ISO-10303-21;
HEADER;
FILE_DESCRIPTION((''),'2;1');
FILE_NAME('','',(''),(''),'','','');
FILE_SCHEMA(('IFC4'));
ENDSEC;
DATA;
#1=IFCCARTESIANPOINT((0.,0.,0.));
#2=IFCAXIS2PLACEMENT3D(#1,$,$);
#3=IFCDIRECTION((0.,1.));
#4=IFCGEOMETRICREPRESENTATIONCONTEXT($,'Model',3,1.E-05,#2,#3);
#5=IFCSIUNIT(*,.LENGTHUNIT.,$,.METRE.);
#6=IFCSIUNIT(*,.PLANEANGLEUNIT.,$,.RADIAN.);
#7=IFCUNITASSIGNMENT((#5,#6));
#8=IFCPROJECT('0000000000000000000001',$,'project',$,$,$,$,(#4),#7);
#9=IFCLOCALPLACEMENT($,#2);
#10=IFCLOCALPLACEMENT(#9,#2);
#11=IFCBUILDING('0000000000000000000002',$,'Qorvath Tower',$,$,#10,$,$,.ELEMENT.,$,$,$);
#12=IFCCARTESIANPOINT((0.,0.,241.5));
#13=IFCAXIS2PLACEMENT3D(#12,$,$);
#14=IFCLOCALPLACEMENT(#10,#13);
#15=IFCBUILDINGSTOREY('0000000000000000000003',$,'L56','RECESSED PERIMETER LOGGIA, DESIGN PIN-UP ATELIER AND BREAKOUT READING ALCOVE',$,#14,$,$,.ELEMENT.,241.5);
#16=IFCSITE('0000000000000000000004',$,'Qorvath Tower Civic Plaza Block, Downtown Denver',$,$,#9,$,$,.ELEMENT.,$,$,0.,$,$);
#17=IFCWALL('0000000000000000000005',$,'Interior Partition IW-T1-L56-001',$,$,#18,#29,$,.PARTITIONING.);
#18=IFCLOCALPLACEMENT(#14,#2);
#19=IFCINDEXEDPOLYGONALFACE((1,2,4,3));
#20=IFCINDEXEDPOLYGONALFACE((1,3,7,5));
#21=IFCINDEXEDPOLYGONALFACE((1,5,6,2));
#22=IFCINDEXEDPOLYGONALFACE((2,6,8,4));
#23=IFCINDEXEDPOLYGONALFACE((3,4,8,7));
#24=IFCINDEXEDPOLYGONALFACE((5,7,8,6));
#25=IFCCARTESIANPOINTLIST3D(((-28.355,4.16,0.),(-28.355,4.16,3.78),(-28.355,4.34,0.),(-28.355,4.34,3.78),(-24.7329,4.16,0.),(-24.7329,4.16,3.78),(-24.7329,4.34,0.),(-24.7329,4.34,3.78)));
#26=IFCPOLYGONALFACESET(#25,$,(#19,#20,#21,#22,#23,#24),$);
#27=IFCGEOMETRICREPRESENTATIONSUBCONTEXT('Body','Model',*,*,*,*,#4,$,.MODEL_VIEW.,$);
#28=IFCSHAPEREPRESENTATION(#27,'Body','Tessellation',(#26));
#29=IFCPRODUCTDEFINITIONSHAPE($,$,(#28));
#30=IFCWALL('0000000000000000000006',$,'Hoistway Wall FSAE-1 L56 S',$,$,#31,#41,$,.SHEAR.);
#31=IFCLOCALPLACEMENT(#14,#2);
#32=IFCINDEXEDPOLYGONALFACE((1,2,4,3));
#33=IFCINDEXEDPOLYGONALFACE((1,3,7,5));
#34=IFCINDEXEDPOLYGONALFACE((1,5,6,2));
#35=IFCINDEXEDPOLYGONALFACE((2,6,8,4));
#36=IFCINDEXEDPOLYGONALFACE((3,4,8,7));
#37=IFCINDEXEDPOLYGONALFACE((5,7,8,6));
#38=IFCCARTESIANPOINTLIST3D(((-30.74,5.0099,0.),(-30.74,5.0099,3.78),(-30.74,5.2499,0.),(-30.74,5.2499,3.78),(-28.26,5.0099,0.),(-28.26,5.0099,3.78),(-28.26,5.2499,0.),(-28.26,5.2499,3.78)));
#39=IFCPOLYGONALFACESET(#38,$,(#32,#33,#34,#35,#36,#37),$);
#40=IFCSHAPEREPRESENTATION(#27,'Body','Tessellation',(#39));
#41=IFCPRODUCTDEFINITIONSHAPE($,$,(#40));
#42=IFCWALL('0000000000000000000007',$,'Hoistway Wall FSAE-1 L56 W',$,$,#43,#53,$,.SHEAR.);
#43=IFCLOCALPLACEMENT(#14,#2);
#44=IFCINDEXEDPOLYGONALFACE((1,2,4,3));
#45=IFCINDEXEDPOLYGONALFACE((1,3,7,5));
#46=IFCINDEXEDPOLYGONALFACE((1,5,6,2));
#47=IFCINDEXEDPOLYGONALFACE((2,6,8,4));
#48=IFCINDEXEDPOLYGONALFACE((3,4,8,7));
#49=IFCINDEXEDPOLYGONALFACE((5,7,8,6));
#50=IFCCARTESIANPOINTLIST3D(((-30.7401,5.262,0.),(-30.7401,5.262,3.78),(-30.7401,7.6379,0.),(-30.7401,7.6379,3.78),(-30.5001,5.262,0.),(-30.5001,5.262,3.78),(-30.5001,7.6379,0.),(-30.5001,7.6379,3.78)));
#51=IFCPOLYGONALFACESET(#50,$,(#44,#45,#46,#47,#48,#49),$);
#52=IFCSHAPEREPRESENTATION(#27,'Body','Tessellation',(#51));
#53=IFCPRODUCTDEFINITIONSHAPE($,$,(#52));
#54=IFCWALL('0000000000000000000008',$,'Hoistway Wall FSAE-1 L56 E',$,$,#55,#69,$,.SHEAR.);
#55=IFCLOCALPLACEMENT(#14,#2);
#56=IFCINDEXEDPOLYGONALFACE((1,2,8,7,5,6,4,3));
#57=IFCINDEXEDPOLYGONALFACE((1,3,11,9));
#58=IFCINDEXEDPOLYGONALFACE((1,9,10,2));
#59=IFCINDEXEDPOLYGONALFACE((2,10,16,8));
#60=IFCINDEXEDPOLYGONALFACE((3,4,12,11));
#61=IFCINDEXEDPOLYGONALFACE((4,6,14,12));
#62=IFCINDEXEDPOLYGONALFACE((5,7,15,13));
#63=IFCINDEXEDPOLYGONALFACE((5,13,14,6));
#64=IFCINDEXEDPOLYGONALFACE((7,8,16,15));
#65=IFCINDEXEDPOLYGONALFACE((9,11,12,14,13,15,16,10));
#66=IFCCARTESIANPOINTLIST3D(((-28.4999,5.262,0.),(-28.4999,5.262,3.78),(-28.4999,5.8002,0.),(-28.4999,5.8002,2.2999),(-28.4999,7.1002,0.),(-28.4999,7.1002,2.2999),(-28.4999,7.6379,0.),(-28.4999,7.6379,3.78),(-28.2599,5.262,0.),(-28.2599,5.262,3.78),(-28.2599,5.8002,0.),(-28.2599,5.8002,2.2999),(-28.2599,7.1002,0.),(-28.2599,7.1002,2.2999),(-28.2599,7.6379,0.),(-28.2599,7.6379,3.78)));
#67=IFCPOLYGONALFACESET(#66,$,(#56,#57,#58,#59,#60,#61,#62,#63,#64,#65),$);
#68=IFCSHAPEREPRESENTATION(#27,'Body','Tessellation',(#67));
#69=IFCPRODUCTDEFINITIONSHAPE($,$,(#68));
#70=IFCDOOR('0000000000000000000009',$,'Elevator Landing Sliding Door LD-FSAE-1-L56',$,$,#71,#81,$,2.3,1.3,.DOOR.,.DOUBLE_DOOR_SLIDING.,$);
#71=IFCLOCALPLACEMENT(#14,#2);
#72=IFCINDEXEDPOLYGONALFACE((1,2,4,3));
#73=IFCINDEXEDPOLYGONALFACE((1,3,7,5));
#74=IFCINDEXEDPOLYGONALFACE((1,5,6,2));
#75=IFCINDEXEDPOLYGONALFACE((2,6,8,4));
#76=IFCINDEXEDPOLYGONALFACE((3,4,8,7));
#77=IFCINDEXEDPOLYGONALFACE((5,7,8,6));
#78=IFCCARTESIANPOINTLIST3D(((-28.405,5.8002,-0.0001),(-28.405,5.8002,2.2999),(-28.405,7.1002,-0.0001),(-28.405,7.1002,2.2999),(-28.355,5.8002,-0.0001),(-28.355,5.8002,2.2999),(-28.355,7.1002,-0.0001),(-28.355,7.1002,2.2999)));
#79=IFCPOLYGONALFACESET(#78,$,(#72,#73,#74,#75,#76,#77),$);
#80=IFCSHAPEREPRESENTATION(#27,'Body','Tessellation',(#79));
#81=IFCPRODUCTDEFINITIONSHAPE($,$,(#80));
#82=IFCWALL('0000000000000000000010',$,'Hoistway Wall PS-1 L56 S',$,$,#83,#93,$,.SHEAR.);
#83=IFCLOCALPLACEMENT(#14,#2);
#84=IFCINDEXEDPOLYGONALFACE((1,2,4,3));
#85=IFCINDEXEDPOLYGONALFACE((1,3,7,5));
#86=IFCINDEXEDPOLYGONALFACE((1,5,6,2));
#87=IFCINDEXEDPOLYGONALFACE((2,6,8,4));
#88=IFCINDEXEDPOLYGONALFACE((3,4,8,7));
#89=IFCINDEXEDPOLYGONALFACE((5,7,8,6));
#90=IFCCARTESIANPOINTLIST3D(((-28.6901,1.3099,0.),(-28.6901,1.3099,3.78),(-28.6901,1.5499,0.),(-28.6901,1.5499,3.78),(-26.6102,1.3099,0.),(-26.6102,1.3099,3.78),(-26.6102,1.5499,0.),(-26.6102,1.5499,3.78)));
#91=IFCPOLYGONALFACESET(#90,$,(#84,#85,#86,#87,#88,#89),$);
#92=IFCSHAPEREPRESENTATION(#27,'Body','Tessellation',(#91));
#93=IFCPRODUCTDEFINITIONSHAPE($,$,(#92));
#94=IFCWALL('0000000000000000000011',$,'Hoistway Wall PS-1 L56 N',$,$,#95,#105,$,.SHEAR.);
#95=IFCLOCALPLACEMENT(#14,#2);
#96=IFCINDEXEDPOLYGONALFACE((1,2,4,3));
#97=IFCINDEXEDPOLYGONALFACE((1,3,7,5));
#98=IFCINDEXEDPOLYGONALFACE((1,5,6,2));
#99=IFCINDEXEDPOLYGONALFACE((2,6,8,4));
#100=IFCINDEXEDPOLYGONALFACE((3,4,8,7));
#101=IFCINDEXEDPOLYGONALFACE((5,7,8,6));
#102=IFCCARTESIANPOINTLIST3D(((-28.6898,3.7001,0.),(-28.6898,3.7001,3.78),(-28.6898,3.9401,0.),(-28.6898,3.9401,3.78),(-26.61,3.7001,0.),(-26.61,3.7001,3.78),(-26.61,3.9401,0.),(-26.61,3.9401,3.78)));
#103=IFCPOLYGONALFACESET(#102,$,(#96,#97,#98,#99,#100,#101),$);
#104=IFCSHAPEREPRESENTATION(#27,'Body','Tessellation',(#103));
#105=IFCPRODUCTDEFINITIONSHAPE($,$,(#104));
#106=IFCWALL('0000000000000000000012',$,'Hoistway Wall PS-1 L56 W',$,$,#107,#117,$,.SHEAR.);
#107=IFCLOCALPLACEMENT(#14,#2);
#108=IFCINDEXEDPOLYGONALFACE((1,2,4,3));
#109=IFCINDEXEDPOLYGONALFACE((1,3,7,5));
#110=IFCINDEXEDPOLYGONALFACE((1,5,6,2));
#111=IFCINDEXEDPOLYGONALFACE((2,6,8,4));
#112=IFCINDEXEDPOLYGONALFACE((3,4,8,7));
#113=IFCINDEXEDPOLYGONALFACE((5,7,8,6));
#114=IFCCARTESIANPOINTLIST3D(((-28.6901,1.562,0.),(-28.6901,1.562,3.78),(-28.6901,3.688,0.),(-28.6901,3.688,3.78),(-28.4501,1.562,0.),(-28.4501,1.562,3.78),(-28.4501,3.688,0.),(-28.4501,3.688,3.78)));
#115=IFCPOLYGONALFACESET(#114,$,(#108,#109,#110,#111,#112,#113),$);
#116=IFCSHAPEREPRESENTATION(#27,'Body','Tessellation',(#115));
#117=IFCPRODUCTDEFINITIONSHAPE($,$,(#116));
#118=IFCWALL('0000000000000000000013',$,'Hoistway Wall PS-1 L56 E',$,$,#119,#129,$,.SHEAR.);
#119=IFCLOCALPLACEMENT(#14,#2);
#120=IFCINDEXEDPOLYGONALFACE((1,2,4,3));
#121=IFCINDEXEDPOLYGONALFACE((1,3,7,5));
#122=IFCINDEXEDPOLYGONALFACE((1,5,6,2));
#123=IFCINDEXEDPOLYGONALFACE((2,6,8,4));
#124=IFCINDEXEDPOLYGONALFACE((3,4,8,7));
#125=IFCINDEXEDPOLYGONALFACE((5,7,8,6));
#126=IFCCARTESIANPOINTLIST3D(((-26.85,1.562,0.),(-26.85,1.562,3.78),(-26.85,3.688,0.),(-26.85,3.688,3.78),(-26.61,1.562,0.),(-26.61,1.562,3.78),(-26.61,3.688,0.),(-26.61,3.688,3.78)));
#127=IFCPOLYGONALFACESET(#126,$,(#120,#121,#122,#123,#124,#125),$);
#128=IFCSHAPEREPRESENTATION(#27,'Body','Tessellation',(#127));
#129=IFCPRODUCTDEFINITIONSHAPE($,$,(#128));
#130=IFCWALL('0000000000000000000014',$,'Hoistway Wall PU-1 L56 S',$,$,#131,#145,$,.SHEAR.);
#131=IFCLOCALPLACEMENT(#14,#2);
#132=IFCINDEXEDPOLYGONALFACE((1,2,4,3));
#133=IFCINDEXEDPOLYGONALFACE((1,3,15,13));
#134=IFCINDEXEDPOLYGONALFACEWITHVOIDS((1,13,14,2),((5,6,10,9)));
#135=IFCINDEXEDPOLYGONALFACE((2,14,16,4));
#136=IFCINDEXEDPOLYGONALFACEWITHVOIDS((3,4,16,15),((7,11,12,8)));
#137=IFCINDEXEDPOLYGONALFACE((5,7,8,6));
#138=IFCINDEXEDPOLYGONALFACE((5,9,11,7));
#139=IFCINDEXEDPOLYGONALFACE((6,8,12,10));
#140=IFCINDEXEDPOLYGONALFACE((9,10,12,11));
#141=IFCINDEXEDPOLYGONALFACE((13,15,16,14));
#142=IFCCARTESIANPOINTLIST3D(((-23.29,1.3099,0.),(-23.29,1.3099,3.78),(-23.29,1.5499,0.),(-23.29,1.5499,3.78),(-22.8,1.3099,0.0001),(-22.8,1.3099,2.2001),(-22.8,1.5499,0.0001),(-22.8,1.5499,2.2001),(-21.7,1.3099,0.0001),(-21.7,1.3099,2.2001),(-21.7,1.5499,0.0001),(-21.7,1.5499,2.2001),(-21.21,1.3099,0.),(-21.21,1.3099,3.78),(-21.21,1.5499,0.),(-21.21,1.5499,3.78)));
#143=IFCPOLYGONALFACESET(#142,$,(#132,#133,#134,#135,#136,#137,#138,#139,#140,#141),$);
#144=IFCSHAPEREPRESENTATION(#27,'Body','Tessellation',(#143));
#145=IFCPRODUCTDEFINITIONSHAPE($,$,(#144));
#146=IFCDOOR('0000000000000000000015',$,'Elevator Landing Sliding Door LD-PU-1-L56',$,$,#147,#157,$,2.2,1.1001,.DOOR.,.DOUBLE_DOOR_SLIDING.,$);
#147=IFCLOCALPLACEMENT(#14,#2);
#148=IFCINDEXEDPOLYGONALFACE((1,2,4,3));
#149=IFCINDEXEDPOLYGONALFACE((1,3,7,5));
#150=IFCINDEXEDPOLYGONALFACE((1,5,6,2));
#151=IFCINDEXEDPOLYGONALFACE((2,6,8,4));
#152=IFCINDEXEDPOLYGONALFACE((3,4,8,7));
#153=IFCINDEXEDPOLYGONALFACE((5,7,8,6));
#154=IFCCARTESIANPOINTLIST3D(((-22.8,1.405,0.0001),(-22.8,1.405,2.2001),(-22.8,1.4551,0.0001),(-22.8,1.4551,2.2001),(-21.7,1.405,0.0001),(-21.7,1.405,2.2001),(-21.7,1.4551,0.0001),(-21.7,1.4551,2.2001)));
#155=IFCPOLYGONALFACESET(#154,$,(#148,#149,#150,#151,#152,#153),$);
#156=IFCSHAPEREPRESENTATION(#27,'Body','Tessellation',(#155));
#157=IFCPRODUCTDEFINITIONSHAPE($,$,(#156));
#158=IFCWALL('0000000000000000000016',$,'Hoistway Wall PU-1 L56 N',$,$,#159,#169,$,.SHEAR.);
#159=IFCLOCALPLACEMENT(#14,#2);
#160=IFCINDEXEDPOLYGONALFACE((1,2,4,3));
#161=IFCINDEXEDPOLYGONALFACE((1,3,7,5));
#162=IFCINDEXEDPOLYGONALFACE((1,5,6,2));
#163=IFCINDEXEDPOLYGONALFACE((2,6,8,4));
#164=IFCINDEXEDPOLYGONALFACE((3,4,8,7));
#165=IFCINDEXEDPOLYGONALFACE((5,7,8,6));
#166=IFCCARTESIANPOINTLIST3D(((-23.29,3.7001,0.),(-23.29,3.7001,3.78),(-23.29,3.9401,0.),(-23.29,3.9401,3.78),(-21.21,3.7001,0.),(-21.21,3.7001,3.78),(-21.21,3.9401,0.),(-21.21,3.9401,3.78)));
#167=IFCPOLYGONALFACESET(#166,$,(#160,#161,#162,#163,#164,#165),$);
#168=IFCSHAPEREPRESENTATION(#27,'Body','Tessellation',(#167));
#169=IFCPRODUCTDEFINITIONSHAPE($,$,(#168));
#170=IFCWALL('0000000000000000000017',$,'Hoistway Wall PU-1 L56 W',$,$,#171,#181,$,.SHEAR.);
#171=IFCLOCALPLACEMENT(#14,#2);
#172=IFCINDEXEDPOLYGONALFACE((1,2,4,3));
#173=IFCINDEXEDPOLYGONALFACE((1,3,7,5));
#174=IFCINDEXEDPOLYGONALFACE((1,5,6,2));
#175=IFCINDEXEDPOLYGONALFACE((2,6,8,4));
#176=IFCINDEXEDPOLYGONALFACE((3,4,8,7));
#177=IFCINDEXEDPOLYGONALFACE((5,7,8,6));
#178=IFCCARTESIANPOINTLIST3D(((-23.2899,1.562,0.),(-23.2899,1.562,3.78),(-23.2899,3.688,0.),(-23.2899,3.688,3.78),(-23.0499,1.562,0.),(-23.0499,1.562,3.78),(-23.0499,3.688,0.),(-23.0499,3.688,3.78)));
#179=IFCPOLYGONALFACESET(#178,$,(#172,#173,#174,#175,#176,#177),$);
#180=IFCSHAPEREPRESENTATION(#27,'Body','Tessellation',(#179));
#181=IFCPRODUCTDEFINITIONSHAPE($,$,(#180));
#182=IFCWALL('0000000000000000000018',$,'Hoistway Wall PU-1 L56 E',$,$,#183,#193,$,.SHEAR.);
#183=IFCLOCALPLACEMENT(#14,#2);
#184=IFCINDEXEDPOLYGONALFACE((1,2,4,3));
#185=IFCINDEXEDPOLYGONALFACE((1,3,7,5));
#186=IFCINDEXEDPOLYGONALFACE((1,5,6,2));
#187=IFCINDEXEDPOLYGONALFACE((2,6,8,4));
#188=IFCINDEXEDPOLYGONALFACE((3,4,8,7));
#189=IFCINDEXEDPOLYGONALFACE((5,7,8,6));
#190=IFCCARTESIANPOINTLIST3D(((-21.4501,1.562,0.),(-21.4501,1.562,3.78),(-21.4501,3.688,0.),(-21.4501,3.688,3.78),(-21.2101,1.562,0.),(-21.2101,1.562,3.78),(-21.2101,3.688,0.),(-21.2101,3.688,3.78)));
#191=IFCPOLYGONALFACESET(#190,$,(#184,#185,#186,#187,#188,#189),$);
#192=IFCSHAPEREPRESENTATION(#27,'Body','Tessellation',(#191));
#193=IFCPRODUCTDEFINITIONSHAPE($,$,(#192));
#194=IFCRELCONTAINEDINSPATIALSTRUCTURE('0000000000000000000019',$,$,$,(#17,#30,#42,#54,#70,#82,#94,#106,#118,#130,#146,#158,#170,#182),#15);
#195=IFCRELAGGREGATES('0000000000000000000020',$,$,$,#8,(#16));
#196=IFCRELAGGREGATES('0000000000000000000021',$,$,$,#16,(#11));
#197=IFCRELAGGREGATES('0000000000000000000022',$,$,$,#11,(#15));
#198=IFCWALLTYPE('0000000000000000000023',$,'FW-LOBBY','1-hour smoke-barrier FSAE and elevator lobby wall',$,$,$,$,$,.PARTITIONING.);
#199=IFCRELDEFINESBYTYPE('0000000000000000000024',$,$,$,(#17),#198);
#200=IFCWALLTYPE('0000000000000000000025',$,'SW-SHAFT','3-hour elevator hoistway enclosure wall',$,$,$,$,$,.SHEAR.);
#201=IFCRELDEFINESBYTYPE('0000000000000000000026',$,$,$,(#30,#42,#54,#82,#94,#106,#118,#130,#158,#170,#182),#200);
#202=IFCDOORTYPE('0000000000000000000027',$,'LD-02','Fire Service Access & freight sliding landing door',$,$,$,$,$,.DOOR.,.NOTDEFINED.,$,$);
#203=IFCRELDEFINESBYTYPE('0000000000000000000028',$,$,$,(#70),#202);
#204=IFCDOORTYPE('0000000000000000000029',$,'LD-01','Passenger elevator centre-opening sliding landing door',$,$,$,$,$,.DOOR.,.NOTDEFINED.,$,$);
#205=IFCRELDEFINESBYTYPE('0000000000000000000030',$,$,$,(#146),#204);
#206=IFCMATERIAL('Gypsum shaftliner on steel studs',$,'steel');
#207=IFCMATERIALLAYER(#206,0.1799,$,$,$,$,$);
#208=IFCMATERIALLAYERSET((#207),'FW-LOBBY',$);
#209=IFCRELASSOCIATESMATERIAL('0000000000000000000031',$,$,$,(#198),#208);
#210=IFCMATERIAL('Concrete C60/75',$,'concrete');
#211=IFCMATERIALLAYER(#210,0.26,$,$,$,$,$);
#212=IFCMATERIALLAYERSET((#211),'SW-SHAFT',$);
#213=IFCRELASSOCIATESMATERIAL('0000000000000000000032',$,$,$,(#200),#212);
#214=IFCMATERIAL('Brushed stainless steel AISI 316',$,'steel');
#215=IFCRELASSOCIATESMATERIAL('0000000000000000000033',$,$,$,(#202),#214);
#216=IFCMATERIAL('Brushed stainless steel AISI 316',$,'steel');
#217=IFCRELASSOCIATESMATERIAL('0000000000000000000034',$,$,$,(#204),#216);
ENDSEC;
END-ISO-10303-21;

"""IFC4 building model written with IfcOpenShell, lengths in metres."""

from ifc_helpers import new_model, si_unit, direction, frame, frame_2d, origin, place, context, subcontext, project, spatial, rectangle, extrude, material, layer, layer_set, type_object, element, fill, save


model = new_model("IFC4")

# Units and contexts
model_context = context("Model", 3, precision=1e-05, world=origin(), true_north=direction((0.0, 1.0)))
body_context = subcontext(model_context, "Body", "Model", "MODEL_VIEW")
ifc_project = project(units=[si_unit("LENGTHUNIT", "METRE"), si_unit("PLANEANGLEUNIT", "RADIAN")], contexts=[model_context])

# Site, building, storey
site_placement = place(None, origin())
site = spatial("IfcSite", under=ifc_project, at=site_placement, Name="Qorvath Tower Civic Plaza Block, Downtown Denver", CompositionType="ELEMENT", RefElevation=0.0)
building_placement = place(site_placement, origin())
building = spatial("IfcBuilding", under=site, at=building_placement, Name="Qorvath Tower", CompositionType="ELEMENT")
storey_placement = place(building_placement, frame((0.0, 0.0, 241.5)))
storey = spatial("IfcBuildingStorey", under=building, at=storey_placement, Name="L56", Description="RECESSED PERIMETER LOGGIA, DESIGN PIN-UP ATELIER AND BREAKOUT READING ALCOVE", CompositionType="ELEMENT", Elevation=241.5)

# Wall
ifc_material_1 = material(Name="Gypsum shaftliner on steel studs", Category="steel")
ifc_layer_1 = layer(ifc_material_1, 0.1799)
ifc_layer_set_1 = layer_set([ifc_layer_1], Name="FW-LOBBY")
wall_type_1 = type_object("IfcWallType", Name="FW-LOBBY", Description="1-hour smoke-barrier FSAE and elevator lobby wall", PredefinedType="PARTITIONING", material=ifc_layer_set_1)
wall_1_placement = place(storey_placement, frame((-28.355, 4.25, 0.0), z_axis=(0.0, 0.0, 1.0), x_axis=(1.0, 0.0, 0.0)))
element("IfcWall", 1, at=wall_1_placement, inside=storey, type_object=wall_type_1, Name="Interior Partition IW-T1-L56-001", PredefinedType="PARTITIONING", context=body_context, shape_type="SweptSolid", body=[
    extrude(rectangle(XDim=3.6221, YDim=0.1799, at=frame_2d((1.811, 0.0))), origin(), (0.0, 0.0, 1.0), 3.78),
])

# Walls
ifc_material_2 = material(Name="Concrete C60/75", Category="concrete")
ifc_layer_2 = layer(ifc_material_2, 0.26)
ifc_layer_set_2 = layer_set([ifc_layer_2], Name="SW-SHAFT")
wall_type_2 = type_object("IfcWallType", Name="SW-SHAFT", Description="3-hour elevator hoistway enclosure wall", PredefinedType="SHEAR", material=ifc_layer_set_2)
wall_2_placement = place(storey_placement, frame((-28.26, 5.1299, 0.0), z_axis=(0.0, 0.0, 1.0), x_axis=(-1.0, 0.0, 0.0)))
element("IfcWall", 2, at=wall_2_placement, inside=storey, type_object=wall_type_2, Name="Hoistway Wall FSAE-1 L56 S", PredefinedType="SHEAR", context=body_context, shape_type="SweptSolid", body=[
    extrude(rectangle(XDim=2.48, YDim=0.24, at=frame_2d((1.24, 0.0))), origin(), (0.0, 0.0, 1.0), 3.78),
])
wall_3_placement = place(storey_placement, frame((-30.6201, 5.262, 0.0), z_axis=(0.0, 0.0, 1.0), x_axis=(0.0, 1.0, 0.0)))
element("IfcWall", 3, at=wall_3_placement, inside=storey, type_object=wall_type_2, Name="Hoistway Wall FSAE-1 L56 W", PredefinedType="SHEAR", context=body_context, shape_type="SweptSolid", body=[
    extrude(rectangle(XDim=2.376, YDim=0.24, at=frame_2d((1.188, 0.0))), origin(), (0.0, 0.0, 1.0), 3.78),
])

# Wall, opening, door
wall_4_placement = place(storey_placement, frame((-28.3799, 7.6379, 0.0), z_axis=(0.0, 0.0, 1.0), x_axis=(0.0, -1.0, 0.0)))
wall_4 = element("IfcWall", 4, at=wall_4_placement, inside=storey, type_object=wall_type_2, Name="Hoistway Wall FSAE-1 L56 E", PredefinedType="SHEAR", context=body_context, shape_type="SweptSolid", body=[
    extrude(rectangle(XDim=2.376, YDim=0.24, at=frame_2d((1.188, 0.0))), origin(), (0.0, 0.0, 1.0), 3.78),
])
opening_1_placement = place(wall_4_placement, frame((0.5378, 0.0, 0.0)))
opening_1 = element("IfcOpeningElement", 5, at=opening_1_placement, cuts=wall_4, PredefinedType="OPENING", context=body_context, shape_type="SweptSolid", body=[
    extrude(rectangle(XDim=1.3, YDim=2.3, at=frame_2d((0.6499, 1.1499))), frame((0.0, 0.1299, 0.0), z_axis=(0.0, -1.0, 0.0), x_axis=(1.0, 0.0, 0.0)), (0.0, 0.0, 1.0), 0.26),
])
ifc_material_3 = material(Name="Brushed stainless steel AISI 316", Category="steel")
door_type_1 = type_object("IfcDoorType", Name="LD-02", Description="Fire Service Access & freight sliding landing door", OperationType="NOTDEFINED", PredefinedType="DOOR", material=ifc_material_3)
door_1_placement = place(opening_1_placement, origin())
door_1 = element("IfcDoor", 6, at=door_1_placement, inside=storey, type_object=door_type_1, Name="Elevator Landing Sliding Door LD-FSAE-1-L56", OperationType="DOUBLE_DOOR_SLIDING", OverallHeight=2.3, OverallWidth=1.3, PredefinedType="DOOR", context=body_context, shape_type="SweptSolid", body=[
    extrude(rectangle(XDim=1.3, YDim=2.3, at=frame_2d((0.6499, 1.1499))), frame((0.0, 0.0249, 0.0), z_axis=(0.0, -1.0, 0.0), x_axis=(1.0, 0.0, 0.0)), (0.0, 0.0, 1.0), 0.05),
])
fill(opening_1, door_1)

# Walls
for number, where, z_axis, x_axis, name in (
    (7, (-26.6101, 1.4299, 0.0), (0.0, 0.0, 1.0), (-1.0, 0.0, 0.0), "Hoistway Wall PS-1 L56 S"),
    (8, (-28.6899, 3.8201, 0.0), (0.0, 0.0, 1.0), (1.0, 0.0, 0.0), "Hoistway Wall PS-1 L56 N"),
):
    element("IfcWall", number, at=place(storey_placement, frame(where, z_axis=z_axis, x_axis=x_axis)), inside=storey, type_object=wall_type_2, Name=name, PredefinedType="SHEAR", context=body_context, shape_type="SweptSolid", body=[
        extrude(rectangle(XDim=2.0798, YDim=0.24, at=frame_2d((1.04, 0.0))), origin(), (0.0, 0.0, 1.0), 3.78),
    ])
for number, where, z_axis, x_axis, name in (
    (9, (-28.5701, 1.562, 0.0), (0.0, 0.0, 1.0), (0.0, 1.0, 0.0), "Hoistway Wall PS-1 L56 W"),
    (10, (-26.73, 3.688, 0.0), (0.0, 0.0, 1.0), (0.0, -1.0, 0.0), "Hoistway Wall PS-1 L56 E"),
):
    element("IfcWall", number, at=place(storey_placement, frame(where, z_axis=z_axis, x_axis=x_axis)), inside=storey, type_object=wall_type_2, Name=name, PredefinedType="SHEAR", context=body_context, shape_type="SweptSolid", body=[
        extrude(rectangle(XDim=2.126, YDim=0.24, at=frame_2d((1.063, 0.0))), origin(), (0.0, 0.0, 1.0), 3.78),
    ])

# Wall, opening, door
wall_5_placement = place(storey_placement, frame((-21.21, 1.4299, 0.0), z_axis=(0.0, 0.0, 1.0), x_axis=(-1.0, 0.0, 0.0)))
wall_5 = element("IfcWall", 11, at=wall_5_placement, inside=storey, type_object=wall_type_2, Name="Hoistway Wall PU-1 L56 S", PredefinedType="SHEAR", context=body_context, shape_type="SweptSolid", body=[
    extrude(rectangle(XDim=2.0801, YDim=0.24, at=frame_2d((1.04, 0.0))), origin(), (0.0, 0.0, 1.0), 3.78),
])
opening_2_placement = place(wall_5_placement, frame((0.49, 0.0, 0.0)))
opening_2 = element("IfcOpeningElement", 12, at=opening_2_placement, cuts=wall_5, PredefinedType="OPENING", context=body_context, shape_type="SweptSolid", body=[
    extrude(rectangle(XDim=1.1001, YDim=2.2, at=frame_2d((0.55, 1.1001))), frame((0.0, 0.1299, 0.0), z_axis=(0.0, -1.0, 0.0), x_axis=(1.0, 0.0, 0.0)), (0.0, 0.0, 1.0), 0.26),
])
ifc_material_4 = material(Name="Brushed stainless steel AISI 316", Category="steel")
door_type_2 = type_object("IfcDoorType", Name="LD-01", Description="Passenger elevator centre-opening sliding landing door", OperationType="NOTDEFINED", PredefinedType="DOOR", material=ifc_material_4)
door_2_placement = place(opening_2_placement, origin())
door_2 = element("IfcDoor", 13, at=door_2_placement, inside=storey, type_object=door_type_2, Name="Elevator Landing Sliding Door LD-PU-1-L56", OperationType="DOUBLE_DOOR_SLIDING", OverallHeight=2.2, OverallWidth=1.1001, PredefinedType="DOOR", context=body_context, shape_type="SweptSolid", body=[
    extrude(rectangle(XDim=1.1001, YDim=2.2, at=frame_2d((0.55, 1.1001))), frame((0.0, 0.0249, 0.0), z_axis=(0.0, -1.0, 0.0), x_axis=(1.0, 0.0, 0.0)), (0.0, 0.0, 1.0), 0.05),
])
fill(opening_2, door_2)

# Walls
wall_6_placement = place(storey_placement, frame((-23.29, 3.8201, 0.0), z_axis=(0.0, 0.0, 1.0), x_axis=(1.0, 0.0, 0.0)))
element("IfcWall", 14, at=wall_6_placement, inside=storey, type_object=wall_type_2, Name="Hoistway Wall PU-1 L56 N", PredefinedType="SHEAR", context=body_context, shape_type="SweptSolid", body=[
    extrude(rectangle(XDim=2.0801, YDim=0.24, at=frame_2d((1.04, 0.0))), origin(), (0.0, 0.0, 1.0), 3.78),
])
for number, where, z_axis, x_axis, name in (
    (15, (-23.1699, 1.562, 0.0), (0.0, 0.0, 1.0), (0.0, 1.0, 0.0), "Hoistway Wall PU-1 L56 W"),
    (16, (-21.3301, 3.688, 0.0), (0.0, 0.0, 1.0), (0.0, -1.0, 0.0), "Hoistway Wall PU-1 L56 E"),
):
    element("IfcWall", number, at=place(storey_placement, frame(where, z_axis=z_axis, x_axis=x_axis)), inside=storey, type_object=wall_type_2, Name=name, PredefinedType="SHEAR", context=body_context, shape_type="SweptSolid", body=[
        extrude(rectangle(XDim=2.126, YDim=0.24, at=frame_2d((1.063, 0.0))), origin(), (0.0, 0.0, 1.0), 3.78),
    ])

save(model, "model.ifc")
